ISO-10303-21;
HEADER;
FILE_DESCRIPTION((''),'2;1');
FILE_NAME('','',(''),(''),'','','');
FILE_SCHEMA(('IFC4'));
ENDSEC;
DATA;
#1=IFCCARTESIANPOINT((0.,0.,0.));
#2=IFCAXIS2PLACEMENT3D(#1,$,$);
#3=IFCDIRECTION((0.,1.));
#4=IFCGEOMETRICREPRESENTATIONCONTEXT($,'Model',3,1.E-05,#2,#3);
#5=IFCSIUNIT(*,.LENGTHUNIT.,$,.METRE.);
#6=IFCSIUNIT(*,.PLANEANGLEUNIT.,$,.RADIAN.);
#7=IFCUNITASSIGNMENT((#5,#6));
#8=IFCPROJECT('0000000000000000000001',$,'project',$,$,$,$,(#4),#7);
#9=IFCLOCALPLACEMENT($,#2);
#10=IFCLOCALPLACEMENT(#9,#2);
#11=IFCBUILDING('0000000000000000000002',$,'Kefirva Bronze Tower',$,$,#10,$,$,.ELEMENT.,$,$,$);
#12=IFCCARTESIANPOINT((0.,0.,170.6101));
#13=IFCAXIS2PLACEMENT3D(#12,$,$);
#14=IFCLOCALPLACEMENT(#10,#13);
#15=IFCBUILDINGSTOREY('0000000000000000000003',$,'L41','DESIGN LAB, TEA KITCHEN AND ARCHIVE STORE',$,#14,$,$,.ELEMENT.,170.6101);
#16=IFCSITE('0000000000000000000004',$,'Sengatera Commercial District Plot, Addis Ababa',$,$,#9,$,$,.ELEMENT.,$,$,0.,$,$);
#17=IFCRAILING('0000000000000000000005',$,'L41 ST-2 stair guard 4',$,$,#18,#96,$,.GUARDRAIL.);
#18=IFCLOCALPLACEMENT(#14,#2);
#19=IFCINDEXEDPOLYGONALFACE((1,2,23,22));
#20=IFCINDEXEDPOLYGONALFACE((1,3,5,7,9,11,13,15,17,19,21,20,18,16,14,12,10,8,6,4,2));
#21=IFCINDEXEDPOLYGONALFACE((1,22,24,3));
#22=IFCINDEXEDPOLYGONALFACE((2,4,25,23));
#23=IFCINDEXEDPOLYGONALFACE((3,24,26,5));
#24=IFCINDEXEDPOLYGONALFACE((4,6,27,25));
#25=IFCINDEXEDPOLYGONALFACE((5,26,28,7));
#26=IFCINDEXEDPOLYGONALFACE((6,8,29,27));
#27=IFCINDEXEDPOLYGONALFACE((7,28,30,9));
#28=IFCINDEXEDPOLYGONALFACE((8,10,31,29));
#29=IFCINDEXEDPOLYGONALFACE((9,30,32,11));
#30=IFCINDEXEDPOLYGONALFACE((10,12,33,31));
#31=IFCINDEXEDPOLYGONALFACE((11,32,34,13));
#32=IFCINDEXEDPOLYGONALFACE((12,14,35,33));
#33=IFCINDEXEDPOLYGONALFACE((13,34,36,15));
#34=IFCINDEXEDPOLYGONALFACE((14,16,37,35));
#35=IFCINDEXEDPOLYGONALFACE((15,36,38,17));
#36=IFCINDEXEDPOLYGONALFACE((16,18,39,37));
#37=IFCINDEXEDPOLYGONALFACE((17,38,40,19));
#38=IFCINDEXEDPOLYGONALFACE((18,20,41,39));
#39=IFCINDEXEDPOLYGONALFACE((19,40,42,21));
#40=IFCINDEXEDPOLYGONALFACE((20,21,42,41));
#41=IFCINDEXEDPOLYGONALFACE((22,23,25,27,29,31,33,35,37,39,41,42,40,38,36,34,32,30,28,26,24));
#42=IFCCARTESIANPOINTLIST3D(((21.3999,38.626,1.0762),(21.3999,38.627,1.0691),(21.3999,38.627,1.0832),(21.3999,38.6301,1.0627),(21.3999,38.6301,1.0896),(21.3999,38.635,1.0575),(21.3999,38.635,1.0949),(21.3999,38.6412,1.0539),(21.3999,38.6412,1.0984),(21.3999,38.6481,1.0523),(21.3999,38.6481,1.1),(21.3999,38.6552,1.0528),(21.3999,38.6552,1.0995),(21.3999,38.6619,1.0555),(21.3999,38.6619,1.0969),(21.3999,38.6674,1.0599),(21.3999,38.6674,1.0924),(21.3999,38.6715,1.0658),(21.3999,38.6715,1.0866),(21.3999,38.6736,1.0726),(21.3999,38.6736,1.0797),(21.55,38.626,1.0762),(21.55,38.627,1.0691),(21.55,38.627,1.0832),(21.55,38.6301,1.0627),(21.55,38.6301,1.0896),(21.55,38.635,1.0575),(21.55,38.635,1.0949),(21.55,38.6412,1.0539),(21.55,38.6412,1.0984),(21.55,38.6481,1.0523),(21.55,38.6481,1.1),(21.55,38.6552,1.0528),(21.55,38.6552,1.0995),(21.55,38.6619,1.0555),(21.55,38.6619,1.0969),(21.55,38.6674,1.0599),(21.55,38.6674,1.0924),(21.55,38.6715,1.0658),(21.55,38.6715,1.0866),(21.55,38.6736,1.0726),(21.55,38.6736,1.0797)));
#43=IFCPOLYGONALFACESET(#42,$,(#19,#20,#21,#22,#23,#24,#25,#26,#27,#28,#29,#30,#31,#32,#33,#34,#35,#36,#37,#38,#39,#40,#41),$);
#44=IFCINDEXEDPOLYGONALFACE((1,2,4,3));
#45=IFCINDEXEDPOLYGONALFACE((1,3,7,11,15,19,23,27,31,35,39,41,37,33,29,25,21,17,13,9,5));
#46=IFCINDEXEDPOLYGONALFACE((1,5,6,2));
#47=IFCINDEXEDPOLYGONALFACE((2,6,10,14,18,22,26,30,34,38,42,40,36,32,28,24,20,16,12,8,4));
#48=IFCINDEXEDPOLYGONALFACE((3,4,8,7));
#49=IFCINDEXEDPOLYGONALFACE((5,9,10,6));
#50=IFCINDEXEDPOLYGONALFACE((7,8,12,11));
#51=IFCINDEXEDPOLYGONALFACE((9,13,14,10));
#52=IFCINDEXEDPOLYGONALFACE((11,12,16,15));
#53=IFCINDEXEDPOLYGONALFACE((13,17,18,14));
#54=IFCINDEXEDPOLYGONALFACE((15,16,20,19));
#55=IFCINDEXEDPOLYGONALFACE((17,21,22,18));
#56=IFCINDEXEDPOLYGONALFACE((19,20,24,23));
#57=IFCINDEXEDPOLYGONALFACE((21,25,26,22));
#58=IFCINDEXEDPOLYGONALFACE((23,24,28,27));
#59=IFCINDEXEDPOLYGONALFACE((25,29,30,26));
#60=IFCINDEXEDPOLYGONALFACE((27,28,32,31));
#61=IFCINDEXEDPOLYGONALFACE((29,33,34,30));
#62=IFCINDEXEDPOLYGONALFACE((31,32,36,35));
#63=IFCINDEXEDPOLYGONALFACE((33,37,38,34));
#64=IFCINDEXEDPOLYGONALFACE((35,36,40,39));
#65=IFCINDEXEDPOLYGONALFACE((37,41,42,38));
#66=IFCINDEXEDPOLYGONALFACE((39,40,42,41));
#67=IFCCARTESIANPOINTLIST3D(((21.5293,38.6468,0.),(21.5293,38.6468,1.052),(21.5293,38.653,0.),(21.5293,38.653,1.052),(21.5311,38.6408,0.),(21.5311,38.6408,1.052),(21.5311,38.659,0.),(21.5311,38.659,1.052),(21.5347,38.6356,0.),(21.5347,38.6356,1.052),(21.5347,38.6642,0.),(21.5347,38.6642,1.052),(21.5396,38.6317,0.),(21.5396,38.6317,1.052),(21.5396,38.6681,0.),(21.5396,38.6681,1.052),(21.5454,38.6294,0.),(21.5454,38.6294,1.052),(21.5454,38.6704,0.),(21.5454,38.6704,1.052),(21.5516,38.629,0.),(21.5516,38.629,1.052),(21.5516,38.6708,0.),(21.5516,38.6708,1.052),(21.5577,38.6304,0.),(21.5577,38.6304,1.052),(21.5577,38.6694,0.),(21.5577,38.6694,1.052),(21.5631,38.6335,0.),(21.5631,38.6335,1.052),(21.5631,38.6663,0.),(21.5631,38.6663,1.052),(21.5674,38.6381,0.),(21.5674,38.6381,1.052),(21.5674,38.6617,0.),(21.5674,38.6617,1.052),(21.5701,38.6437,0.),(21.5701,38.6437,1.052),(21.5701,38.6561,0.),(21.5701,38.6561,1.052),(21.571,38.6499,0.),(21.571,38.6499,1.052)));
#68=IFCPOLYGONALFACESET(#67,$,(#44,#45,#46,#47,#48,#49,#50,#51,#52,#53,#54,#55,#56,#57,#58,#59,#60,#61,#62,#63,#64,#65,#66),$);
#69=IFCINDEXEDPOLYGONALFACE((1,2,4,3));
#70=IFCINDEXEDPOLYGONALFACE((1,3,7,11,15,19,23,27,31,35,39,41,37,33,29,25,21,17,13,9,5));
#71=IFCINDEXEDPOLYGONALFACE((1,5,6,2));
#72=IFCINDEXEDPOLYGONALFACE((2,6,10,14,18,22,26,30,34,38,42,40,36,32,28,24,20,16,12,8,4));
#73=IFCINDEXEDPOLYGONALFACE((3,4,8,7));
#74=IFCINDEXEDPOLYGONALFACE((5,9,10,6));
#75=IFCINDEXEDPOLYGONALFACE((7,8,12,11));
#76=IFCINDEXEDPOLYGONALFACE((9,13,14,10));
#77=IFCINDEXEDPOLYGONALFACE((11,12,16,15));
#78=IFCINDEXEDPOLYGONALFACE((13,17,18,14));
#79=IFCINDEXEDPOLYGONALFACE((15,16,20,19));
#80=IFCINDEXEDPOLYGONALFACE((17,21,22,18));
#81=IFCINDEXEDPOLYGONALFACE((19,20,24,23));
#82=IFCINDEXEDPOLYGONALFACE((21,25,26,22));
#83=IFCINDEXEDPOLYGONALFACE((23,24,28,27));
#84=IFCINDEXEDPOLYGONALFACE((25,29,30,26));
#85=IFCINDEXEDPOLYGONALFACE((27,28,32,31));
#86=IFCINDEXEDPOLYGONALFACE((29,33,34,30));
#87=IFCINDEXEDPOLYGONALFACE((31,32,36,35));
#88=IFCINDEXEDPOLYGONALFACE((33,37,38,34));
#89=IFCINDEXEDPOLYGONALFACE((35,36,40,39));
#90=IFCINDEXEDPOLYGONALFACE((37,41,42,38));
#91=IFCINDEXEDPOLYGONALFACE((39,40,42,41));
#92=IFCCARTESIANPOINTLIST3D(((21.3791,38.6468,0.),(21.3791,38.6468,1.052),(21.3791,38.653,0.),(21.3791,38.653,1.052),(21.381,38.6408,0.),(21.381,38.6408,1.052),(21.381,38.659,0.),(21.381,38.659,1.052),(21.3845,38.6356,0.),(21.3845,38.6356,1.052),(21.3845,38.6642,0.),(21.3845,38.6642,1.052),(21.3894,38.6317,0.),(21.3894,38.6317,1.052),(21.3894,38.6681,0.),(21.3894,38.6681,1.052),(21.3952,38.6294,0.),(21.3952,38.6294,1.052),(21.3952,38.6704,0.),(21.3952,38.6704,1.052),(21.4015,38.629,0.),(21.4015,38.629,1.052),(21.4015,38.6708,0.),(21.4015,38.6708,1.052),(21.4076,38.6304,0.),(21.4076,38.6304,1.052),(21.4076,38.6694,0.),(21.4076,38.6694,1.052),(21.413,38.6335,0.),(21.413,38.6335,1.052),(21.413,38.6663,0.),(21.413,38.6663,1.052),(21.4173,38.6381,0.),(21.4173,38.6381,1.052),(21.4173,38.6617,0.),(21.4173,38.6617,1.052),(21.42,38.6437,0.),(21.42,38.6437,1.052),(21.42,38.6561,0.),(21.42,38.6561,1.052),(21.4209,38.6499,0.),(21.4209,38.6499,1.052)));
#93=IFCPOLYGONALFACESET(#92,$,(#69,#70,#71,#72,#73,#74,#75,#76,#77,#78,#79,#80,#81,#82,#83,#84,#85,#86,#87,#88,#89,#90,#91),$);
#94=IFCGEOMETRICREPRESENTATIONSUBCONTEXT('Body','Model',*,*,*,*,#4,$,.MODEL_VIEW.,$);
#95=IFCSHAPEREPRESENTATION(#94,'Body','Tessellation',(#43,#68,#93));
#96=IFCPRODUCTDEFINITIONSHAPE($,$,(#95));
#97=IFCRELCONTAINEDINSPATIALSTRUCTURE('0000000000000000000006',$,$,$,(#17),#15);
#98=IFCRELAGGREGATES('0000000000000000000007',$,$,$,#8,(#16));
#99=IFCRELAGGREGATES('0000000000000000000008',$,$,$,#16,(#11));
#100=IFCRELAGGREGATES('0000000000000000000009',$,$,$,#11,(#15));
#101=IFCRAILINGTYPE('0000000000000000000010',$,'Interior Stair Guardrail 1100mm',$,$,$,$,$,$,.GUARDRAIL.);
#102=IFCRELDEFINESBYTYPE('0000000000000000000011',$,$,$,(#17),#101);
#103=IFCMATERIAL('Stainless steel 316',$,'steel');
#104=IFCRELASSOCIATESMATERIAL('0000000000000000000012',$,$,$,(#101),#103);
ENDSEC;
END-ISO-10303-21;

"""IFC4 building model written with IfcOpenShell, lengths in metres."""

from ifc_helpers import new_model, si_unit, direction, frame, origin, origin_2d, place, context, subcontext, project, spatial, circle, extrude, material, type_object, element, save


model = new_model("IFC4")

# Units and contexts
model_context = context("Model", 3, precision=1e-05, world=origin(), true_north=direction((0.0, 1.0)))
body_context = subcontext(model_context, "Body", "Model", "MODEL_VIEW")
ifc_project = project(units=[si_unit("LENGTHUNIT", "METRE"), si_unit("PLANEANGLEUNIT", "RADIAN")], contexts=[model_context])

# Site, building, storey
site_placement = place(None, origin())
site = spatial("IfcSite", under=ifc_project, at=site_placement, Name="Sengatera Commercial District Plot, Addis Ababa", CompositionType="ELEMENT", RefElevation=0.0)
building_placement = place(site_placement, origin())
building = spatial("IfcBuilding", under=site, at=building_placement, Name="Kefirva Bronze Tower", CompositionType="ELEMENT")
storey_placement = place(building_placement, frame((0.0, 0.0, 170.6101)))
storey = spatial("IfcBuildingStorey", under=building, at=storey_placement, Name="L41", Description="DESIGN LAB, TEA KITCHEN AND ARCHIVE STORE", CompositionType="ELEMENT", Elevation=170.6101)

# Railing
ifc_material_1 = material(Name="Stainless steel 316", Category="steel")
railing_type_1 = type_object("IfcRailingType", Name="Interior Stair Guardrail 1100mm", PredefinedType="GUARDRAIL", material=ifc_material_1)
railing_1_placement = place(storey_placement, frame((21.55, 38.6499, 0.0)))
element("IfcRailing", 1, at=railing_1_placement, inside=storey, type_object=railing_type_1, Name="L41 ST-2 stair guard 4", PredefinedType="GUARDRAIL", context=body_context, shape_type="SweptSolid", body=[
    extrude(circle(Radius=0.0239, at=origin_2d()), frame((0.0, 0.0, 1.0762), z_axis=(-1.0, 0.0, 0.0), x_axis=(0.0, -1.0, 0.0)), (0.0, 0.0, 1.0), 0.1501),
    extrude(circle(Radius=0.021, at=origin_2d()), origin(), (0.0, 0.0, 1.0), 1.052),
    extrude(circle(Radius=0.021, at=origin_2d()), frame((-0.1501, 0.0, 0.0)), (0.0, 0.0, 1.0), 1.052),
])

save(model, "model.ifc")
